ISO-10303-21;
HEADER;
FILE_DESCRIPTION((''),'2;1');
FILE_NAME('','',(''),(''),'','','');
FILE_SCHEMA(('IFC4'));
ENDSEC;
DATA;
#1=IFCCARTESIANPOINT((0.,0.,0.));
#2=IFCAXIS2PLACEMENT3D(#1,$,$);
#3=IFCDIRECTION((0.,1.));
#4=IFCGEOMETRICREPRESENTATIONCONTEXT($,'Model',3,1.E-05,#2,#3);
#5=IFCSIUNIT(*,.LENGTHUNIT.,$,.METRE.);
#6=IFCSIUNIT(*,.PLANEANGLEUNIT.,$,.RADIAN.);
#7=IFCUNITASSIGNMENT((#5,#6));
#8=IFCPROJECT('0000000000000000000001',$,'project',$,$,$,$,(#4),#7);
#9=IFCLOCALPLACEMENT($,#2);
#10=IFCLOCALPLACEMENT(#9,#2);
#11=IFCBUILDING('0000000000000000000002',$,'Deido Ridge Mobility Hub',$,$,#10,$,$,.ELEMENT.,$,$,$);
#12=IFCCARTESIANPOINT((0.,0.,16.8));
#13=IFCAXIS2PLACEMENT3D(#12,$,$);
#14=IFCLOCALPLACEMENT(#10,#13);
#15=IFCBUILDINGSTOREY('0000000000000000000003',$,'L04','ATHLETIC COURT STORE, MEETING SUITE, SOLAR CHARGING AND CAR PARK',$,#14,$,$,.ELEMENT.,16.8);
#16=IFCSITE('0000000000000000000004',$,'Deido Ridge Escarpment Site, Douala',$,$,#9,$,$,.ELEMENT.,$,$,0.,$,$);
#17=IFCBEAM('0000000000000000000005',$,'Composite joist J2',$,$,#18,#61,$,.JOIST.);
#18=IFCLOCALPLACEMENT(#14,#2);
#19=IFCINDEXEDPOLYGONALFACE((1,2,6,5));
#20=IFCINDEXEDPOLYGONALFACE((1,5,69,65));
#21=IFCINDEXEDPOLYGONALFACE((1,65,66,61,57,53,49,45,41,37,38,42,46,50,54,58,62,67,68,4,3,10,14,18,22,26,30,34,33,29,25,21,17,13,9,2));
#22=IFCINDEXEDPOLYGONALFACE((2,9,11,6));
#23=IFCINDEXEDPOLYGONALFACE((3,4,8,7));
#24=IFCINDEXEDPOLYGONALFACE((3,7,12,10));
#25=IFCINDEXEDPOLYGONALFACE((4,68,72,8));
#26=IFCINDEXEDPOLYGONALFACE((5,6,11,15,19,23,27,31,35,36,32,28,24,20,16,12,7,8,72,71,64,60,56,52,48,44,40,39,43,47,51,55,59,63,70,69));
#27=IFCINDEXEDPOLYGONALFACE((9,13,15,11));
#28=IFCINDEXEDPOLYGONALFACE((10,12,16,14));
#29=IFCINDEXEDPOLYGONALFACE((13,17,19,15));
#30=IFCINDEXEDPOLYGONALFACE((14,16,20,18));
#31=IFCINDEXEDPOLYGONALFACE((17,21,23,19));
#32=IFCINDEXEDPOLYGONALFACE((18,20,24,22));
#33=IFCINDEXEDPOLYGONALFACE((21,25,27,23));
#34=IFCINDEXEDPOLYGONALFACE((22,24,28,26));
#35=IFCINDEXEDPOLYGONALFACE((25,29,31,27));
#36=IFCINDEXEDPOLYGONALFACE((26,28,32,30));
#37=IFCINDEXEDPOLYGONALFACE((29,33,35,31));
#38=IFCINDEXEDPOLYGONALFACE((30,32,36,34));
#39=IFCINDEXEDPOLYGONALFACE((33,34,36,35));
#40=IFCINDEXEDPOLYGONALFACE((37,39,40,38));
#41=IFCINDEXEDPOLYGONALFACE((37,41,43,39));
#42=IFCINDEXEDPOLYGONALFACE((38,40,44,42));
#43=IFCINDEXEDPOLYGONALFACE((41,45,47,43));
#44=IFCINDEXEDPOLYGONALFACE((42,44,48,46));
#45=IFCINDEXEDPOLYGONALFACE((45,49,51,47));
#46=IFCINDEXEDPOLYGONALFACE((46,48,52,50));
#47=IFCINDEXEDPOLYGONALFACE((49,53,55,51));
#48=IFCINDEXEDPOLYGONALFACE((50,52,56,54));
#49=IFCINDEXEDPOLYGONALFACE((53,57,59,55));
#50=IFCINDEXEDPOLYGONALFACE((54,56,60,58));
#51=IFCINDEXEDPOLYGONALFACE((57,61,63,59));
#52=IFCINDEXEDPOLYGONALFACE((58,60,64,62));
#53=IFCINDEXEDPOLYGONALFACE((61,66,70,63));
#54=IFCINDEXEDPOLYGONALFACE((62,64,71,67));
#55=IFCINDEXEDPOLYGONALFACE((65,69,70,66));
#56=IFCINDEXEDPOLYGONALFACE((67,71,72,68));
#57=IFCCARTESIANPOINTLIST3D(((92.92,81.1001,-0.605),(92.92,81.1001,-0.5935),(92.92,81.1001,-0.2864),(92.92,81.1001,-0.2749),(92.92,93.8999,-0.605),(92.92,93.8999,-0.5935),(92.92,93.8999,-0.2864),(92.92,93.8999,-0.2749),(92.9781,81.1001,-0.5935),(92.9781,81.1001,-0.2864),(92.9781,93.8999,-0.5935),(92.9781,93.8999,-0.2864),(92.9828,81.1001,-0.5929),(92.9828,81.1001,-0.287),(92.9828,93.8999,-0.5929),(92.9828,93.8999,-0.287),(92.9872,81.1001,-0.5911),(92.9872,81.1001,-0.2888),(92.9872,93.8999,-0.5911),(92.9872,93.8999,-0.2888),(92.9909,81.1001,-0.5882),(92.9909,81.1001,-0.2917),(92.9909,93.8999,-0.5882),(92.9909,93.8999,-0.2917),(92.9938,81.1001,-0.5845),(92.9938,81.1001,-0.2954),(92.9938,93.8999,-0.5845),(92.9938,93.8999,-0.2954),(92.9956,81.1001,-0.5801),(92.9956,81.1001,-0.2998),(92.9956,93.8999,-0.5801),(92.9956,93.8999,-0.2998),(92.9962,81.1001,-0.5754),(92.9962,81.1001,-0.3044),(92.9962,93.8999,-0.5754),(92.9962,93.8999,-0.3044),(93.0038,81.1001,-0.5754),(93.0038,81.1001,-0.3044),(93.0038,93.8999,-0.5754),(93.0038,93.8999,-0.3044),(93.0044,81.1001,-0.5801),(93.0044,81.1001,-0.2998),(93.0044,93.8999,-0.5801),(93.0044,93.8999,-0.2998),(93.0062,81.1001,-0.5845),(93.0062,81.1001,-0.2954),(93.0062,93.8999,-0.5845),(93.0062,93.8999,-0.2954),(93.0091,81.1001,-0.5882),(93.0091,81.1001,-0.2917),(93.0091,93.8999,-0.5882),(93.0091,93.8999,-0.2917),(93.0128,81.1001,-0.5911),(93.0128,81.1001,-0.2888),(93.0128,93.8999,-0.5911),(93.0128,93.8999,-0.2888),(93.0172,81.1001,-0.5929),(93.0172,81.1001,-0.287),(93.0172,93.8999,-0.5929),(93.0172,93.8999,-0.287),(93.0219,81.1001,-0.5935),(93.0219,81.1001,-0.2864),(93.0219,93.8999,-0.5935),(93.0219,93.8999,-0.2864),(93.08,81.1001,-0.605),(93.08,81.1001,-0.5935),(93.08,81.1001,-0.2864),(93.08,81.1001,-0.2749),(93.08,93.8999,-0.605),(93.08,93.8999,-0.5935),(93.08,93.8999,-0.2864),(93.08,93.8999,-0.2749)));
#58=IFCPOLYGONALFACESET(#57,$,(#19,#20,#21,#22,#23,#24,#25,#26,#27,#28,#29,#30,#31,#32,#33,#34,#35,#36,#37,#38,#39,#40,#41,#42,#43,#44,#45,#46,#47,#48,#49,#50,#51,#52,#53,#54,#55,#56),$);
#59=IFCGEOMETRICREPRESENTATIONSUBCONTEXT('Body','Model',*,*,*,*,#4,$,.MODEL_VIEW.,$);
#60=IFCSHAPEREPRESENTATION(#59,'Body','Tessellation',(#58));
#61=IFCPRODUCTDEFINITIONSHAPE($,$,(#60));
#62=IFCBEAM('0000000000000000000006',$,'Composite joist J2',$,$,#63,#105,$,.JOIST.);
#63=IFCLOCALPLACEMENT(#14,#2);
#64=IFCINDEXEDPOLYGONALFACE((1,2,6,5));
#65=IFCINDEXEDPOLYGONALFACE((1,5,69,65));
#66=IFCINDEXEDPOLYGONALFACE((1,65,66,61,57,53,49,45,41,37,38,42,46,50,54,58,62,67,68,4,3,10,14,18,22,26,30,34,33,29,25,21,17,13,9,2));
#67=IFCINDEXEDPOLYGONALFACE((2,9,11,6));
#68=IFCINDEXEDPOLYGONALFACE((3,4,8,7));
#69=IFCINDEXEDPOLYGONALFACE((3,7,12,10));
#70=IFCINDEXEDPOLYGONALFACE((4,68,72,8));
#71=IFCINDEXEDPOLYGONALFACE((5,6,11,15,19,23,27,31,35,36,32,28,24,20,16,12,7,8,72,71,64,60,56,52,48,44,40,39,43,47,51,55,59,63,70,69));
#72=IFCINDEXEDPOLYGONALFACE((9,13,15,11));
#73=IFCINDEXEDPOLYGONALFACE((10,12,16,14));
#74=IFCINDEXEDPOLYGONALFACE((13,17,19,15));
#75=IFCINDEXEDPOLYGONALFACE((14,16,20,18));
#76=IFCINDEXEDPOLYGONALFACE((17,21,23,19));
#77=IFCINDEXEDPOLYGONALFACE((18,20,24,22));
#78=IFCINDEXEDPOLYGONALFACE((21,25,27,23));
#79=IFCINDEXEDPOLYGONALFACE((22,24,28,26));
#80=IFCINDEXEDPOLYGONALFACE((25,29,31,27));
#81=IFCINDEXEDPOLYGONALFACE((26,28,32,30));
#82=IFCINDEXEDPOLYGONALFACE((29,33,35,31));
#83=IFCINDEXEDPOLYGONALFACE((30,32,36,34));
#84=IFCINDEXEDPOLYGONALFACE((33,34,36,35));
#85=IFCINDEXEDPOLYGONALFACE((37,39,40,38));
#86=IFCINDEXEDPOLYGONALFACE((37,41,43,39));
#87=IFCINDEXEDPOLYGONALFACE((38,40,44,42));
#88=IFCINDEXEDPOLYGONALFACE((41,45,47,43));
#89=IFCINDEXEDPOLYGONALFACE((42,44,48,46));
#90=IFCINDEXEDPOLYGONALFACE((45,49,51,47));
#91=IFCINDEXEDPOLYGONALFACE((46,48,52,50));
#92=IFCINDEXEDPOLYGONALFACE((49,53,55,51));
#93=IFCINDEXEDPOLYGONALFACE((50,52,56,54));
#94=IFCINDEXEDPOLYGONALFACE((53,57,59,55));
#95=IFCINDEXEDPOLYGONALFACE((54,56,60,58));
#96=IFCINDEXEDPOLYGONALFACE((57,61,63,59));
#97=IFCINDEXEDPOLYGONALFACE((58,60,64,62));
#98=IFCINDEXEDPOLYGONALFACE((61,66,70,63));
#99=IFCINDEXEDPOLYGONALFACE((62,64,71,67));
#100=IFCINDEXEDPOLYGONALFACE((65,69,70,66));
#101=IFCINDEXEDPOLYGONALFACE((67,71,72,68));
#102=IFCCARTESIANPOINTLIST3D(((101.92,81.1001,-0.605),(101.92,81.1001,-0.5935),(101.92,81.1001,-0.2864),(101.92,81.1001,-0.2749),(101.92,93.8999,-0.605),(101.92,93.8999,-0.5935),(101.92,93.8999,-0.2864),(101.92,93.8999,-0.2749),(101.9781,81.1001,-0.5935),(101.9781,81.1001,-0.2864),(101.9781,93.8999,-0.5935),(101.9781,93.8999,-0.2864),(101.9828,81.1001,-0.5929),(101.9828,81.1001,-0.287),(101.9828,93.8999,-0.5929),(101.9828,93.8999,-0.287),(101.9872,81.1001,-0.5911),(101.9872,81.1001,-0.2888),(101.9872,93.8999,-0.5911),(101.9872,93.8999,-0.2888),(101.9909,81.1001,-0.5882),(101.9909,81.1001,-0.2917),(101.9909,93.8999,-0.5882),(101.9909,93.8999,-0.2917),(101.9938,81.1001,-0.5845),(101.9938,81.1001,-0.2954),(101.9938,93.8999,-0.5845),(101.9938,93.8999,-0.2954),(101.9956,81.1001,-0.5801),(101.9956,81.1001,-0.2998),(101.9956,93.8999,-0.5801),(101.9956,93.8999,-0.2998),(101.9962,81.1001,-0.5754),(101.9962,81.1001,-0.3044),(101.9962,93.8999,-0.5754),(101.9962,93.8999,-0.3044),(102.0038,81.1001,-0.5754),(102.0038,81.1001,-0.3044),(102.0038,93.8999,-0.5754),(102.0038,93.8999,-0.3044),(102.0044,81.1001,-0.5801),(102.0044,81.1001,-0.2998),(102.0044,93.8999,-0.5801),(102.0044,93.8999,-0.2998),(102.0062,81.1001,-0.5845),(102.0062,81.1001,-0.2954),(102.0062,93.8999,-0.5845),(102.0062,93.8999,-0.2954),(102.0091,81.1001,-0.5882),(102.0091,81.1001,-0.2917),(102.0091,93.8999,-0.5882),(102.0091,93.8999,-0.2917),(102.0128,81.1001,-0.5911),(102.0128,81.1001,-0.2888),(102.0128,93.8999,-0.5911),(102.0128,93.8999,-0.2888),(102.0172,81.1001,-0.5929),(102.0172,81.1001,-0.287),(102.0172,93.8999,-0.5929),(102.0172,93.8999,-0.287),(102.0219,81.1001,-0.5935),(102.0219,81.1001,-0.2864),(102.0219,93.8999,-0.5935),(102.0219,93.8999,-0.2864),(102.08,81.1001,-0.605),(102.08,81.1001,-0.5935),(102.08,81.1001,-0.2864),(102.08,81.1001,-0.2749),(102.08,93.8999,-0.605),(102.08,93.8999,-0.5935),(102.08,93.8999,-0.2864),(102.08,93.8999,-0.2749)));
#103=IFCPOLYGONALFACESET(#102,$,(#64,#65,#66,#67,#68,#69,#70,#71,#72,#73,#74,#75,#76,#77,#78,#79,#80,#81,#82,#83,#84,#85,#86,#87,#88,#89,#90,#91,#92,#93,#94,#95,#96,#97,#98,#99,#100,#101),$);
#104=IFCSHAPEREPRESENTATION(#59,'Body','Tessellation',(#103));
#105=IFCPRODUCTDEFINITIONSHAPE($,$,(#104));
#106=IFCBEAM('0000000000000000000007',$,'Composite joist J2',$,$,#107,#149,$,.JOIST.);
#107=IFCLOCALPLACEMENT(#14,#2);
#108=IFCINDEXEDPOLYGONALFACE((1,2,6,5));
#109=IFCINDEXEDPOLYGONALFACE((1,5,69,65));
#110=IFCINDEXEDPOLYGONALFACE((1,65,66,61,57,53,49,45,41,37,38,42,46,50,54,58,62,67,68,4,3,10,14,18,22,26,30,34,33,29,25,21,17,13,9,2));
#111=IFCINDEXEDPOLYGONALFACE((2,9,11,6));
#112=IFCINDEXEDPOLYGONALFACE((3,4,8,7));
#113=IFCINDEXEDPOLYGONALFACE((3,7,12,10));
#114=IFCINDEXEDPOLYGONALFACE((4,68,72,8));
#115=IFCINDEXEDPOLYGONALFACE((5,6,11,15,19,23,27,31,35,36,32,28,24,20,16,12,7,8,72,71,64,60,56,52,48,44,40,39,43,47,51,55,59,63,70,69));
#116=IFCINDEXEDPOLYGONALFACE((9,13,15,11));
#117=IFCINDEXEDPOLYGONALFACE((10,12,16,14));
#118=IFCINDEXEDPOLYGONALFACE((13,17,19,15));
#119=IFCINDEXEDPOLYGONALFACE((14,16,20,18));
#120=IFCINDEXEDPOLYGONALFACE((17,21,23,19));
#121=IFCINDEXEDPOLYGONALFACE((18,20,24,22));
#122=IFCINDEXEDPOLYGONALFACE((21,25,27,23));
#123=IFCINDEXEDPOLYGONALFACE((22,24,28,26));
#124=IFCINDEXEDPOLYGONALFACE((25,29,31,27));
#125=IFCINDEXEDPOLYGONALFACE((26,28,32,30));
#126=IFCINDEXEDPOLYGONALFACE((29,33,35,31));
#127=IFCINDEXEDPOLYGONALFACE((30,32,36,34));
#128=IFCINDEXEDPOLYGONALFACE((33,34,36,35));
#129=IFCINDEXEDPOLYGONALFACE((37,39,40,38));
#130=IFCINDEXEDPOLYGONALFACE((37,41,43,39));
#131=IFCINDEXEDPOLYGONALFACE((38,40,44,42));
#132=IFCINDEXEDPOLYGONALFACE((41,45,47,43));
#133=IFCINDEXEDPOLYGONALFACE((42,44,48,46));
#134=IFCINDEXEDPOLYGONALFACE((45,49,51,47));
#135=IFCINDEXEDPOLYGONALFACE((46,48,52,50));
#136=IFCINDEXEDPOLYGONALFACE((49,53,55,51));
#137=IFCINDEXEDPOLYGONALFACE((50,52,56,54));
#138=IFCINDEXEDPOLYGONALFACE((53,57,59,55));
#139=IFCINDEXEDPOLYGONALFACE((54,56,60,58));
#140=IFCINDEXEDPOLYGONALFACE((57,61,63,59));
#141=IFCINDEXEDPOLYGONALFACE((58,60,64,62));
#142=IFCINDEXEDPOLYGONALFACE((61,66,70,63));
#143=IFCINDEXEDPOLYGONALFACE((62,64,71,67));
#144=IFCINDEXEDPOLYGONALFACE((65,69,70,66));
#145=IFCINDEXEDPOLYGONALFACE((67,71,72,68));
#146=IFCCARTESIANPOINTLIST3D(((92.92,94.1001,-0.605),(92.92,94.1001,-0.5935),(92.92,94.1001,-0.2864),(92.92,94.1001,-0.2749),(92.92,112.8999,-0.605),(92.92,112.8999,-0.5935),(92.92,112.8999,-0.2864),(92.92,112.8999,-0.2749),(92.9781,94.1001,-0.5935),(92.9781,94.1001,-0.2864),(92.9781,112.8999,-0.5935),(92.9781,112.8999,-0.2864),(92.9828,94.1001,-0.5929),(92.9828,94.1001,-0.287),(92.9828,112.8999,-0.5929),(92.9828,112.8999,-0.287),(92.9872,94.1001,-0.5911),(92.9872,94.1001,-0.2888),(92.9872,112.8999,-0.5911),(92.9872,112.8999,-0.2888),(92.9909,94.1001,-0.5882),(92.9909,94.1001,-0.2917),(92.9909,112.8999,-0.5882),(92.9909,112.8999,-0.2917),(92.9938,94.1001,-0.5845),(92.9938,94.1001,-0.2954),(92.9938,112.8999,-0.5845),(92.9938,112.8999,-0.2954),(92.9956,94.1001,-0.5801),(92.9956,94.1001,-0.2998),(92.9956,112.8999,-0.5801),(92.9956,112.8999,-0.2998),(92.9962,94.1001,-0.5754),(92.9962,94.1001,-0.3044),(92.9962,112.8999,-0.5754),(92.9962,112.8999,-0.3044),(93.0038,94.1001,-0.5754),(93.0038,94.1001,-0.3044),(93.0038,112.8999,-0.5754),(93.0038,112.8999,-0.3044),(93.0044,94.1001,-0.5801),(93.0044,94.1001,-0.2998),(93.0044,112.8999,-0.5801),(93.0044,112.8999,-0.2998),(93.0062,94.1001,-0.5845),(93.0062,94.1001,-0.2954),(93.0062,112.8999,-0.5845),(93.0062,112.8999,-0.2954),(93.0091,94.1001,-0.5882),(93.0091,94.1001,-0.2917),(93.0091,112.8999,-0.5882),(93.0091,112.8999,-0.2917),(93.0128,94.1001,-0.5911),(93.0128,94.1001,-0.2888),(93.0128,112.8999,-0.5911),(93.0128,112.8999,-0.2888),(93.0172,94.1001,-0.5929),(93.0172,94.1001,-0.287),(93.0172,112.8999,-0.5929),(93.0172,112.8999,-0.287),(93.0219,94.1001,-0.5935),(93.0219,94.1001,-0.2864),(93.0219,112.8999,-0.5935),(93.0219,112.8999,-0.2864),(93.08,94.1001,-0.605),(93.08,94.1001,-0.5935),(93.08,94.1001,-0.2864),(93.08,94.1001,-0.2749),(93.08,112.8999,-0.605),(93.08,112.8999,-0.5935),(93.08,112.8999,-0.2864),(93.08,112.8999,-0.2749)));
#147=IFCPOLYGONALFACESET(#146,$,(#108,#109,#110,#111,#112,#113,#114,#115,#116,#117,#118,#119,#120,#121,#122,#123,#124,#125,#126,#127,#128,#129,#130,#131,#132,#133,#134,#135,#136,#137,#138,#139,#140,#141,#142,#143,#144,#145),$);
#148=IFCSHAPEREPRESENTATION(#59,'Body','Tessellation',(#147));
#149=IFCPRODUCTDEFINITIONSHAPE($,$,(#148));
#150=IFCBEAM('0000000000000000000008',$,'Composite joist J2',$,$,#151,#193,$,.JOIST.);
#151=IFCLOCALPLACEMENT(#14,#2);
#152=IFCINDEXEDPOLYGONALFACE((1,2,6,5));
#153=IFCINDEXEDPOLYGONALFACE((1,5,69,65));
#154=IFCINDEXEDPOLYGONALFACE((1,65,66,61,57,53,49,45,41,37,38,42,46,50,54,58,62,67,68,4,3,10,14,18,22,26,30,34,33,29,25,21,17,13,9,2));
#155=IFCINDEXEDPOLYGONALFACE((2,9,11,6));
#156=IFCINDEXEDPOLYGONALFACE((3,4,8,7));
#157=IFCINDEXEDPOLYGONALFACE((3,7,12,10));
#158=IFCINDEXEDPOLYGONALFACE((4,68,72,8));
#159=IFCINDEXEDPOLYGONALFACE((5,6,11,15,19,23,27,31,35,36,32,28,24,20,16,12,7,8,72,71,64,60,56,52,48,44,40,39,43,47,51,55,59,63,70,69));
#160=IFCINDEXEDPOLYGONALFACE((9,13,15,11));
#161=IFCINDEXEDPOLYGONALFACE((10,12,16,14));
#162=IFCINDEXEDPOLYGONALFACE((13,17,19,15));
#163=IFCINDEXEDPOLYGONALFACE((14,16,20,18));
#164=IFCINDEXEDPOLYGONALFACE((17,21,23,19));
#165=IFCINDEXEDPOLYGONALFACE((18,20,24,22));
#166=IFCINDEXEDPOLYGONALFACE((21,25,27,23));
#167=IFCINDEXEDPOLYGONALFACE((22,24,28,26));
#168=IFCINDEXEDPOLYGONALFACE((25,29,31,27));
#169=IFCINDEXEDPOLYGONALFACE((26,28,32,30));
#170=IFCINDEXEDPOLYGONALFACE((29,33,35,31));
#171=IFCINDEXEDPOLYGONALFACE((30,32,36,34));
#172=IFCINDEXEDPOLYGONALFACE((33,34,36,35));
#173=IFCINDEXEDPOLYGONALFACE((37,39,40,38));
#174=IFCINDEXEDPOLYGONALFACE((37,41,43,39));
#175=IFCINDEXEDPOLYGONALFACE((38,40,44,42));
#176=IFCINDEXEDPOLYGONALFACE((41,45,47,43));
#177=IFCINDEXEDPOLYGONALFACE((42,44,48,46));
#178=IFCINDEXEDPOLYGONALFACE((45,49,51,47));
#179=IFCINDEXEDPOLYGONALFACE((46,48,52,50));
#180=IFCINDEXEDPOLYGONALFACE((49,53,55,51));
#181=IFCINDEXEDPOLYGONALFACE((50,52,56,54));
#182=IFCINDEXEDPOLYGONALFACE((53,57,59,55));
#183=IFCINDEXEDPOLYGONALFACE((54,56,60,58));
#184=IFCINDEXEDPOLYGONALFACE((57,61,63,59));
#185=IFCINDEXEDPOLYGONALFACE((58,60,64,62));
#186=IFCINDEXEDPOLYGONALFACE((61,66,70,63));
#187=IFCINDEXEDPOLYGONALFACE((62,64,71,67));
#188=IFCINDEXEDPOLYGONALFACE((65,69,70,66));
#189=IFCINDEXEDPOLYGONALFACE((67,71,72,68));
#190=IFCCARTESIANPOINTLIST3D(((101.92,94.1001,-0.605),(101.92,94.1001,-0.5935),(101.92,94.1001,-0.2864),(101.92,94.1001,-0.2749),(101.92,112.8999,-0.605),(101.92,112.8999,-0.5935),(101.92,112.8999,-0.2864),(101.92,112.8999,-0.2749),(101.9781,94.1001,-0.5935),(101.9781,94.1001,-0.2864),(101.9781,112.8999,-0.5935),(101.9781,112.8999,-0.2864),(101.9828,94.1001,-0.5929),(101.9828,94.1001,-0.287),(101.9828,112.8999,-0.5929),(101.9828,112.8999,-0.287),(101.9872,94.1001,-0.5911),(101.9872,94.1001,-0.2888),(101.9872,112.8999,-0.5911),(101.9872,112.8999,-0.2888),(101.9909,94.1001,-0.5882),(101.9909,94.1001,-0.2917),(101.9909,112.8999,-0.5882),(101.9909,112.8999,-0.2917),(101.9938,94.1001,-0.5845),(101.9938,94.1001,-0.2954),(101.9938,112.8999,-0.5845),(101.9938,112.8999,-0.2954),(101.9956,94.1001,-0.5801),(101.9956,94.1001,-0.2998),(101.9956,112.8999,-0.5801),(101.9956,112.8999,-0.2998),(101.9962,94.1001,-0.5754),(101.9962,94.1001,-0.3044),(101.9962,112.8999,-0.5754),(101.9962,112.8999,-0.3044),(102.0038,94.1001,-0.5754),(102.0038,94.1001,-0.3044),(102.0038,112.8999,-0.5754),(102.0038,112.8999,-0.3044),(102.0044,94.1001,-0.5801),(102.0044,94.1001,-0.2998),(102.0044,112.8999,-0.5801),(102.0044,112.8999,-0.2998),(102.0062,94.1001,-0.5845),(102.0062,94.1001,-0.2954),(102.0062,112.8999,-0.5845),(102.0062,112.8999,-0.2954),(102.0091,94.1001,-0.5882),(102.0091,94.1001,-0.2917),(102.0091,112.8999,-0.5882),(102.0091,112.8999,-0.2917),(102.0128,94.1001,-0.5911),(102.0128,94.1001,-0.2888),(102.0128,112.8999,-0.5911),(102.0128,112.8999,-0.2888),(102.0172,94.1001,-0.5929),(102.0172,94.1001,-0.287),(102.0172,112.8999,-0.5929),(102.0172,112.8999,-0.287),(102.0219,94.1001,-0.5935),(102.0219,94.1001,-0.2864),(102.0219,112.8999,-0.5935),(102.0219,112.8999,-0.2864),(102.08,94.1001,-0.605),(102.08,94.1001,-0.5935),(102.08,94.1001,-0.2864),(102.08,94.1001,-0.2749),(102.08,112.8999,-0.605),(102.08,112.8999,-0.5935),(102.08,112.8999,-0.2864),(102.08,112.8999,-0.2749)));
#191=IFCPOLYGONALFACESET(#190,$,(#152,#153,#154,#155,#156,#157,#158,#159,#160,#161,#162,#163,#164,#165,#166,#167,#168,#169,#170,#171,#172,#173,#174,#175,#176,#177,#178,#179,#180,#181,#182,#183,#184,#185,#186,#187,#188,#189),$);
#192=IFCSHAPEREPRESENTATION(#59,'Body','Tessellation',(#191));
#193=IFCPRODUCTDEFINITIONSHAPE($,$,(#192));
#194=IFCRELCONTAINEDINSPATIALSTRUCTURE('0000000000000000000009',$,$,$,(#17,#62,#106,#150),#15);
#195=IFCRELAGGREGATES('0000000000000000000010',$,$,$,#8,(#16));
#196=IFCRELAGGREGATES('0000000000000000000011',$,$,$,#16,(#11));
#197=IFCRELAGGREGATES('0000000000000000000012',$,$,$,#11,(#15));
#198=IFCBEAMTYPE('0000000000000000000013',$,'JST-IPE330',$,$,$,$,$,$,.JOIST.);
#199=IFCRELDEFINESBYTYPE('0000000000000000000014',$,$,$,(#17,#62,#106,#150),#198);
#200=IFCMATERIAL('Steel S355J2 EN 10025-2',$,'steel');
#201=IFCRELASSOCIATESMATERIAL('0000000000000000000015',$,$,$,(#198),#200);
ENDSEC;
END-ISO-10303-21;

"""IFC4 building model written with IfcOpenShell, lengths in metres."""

from ifc_helpers import new_model, si_unit, direction, frame, origin, origin_2d, place, context, subcontext, project, spatial, i_section, extrude, material, material_profile, profile_set, type_object, element, save


model = new_model("IFC4")

# Units and contexts
model_context = context("Model", 3, precision=1e-05, world=origin(), true_north=direction((0.0, 1.0)))
body_context = subcontext(model_context, "Body", "Model", "MODEL_VIEW")
ifc_project = project(units=[si_unit("LENGTHUNIT", "METRE"), si_unit("PLANEANGLEUNIT", "RADIAN")], contexts=[model_context])

# Site, building, storey
site_placement = place(None, origin())
site = spatial("IfcSite", under=ifc_project, at=site_placement, Name="Deido Ridge Escarpment Site, Douala", CompositionType="ELEMENT", RefElevation=0.0)
building_placement = place(site_placement, origin())
building = spatial("IfcBuilding", under=site, at=building_placement, Name="Deido Ridge Mobility Hub", CompositionType="ELEMENT")
storey_placement = place(building_placement, frame((0.0, 0.0, 16.8)))
storey = spatial("IfcBuildingStorey", under=building, at=storey_placement, Name="L04", Description="ATHLETIC COURT STORE, MEETING SUITE, SOLAR CHARGING AND CAR PARK", CompositionType="ELEMENT", Elevation=16.8)

# Shared definitions
ifc_material_1 = material(Name="Steel S355J2 EN 10025-2", Category="steel")

# Beams
ifc_material_profile_1 = material_profile(ifc_material_1, i_section(OverallWidth=0.1599, OverallDepth=0.3301, WebThickness=0.0076, FlangeThickness=0.0115, FilletRadius=0.0181, at=origin_2d()), Name="IPE 330")
ifc_profile_set_1 = profile_set([ifc_material_profile_1], Name="Steel S355J2 EN 10025-2")
beam_type_1 = type_object("IfcBeamType", Name="JST-IPE330", PredefinedType="JOIST", material=ifc_profile_set_1)
for number, where, z_axis, x_axis, name in (
    (1, (93.0, 81.1001, -0.4399), (0.0, 1.0, 0.0), (-1.0, 0.0, 0.0), "Composite joist J2"),
    (2, (102.0, 81.1001, -0.4399), (0.0, 1.0, 0.0), (-1.0, 0.0, 0.0), "Composite joist J2"),
):
    element("IfcBeam", number, at=place(storey_placement, frame(where, z_axis=z_axis, x_axis=x_axis)), inside=storey, type_object=beam_type_1, Name=name, PredefinedType="JOIST", context=body_context, shape_type="SweptSolid", body=[
        extrude(i_section(OverallWidth=0.1599, OverallDepth=0.3301, WebThickness=0.0076, FlangeThickness=0.0115, FilletRadius=0.0181, at=origin_2d()), origin(), (0.0, 0.0, 1.0), 12.7998),
    ])
for number, where, z_axis, x_axis, name in (
    (3, (93.0, 94.1001, -0.4399), (0.0, 1.0, 0.0), (-1.0, 0.0, 0.0), "Composite joist J2"),
    (4, (102.0, 94.1001, -0.4399), (0.0, 1.0, 0.0), (-1.0, 0.0, 0.0), "Composite joist J2"),
):
    element("IfcBeam", number, at=place(storey_placement, frame(where, z_axis=z_axis, x_axis=x_axis)), inside=storey, type_object=beam_type_1, Name=name, PredefinedType="JOIST", context=body_context, shape_type="SweptSolid", body=[
        extrude(i_section(OverallWidth=0.1599, OverallDepth=0.3301, WebThickness=0.0076, FlangeThickness=0.0115, FilletRadius=0.0181, at=origin_2d()), origin(), (0.0, 0.0, 1.0), 18.7998),
    ])

save(model, "model.ifc")
